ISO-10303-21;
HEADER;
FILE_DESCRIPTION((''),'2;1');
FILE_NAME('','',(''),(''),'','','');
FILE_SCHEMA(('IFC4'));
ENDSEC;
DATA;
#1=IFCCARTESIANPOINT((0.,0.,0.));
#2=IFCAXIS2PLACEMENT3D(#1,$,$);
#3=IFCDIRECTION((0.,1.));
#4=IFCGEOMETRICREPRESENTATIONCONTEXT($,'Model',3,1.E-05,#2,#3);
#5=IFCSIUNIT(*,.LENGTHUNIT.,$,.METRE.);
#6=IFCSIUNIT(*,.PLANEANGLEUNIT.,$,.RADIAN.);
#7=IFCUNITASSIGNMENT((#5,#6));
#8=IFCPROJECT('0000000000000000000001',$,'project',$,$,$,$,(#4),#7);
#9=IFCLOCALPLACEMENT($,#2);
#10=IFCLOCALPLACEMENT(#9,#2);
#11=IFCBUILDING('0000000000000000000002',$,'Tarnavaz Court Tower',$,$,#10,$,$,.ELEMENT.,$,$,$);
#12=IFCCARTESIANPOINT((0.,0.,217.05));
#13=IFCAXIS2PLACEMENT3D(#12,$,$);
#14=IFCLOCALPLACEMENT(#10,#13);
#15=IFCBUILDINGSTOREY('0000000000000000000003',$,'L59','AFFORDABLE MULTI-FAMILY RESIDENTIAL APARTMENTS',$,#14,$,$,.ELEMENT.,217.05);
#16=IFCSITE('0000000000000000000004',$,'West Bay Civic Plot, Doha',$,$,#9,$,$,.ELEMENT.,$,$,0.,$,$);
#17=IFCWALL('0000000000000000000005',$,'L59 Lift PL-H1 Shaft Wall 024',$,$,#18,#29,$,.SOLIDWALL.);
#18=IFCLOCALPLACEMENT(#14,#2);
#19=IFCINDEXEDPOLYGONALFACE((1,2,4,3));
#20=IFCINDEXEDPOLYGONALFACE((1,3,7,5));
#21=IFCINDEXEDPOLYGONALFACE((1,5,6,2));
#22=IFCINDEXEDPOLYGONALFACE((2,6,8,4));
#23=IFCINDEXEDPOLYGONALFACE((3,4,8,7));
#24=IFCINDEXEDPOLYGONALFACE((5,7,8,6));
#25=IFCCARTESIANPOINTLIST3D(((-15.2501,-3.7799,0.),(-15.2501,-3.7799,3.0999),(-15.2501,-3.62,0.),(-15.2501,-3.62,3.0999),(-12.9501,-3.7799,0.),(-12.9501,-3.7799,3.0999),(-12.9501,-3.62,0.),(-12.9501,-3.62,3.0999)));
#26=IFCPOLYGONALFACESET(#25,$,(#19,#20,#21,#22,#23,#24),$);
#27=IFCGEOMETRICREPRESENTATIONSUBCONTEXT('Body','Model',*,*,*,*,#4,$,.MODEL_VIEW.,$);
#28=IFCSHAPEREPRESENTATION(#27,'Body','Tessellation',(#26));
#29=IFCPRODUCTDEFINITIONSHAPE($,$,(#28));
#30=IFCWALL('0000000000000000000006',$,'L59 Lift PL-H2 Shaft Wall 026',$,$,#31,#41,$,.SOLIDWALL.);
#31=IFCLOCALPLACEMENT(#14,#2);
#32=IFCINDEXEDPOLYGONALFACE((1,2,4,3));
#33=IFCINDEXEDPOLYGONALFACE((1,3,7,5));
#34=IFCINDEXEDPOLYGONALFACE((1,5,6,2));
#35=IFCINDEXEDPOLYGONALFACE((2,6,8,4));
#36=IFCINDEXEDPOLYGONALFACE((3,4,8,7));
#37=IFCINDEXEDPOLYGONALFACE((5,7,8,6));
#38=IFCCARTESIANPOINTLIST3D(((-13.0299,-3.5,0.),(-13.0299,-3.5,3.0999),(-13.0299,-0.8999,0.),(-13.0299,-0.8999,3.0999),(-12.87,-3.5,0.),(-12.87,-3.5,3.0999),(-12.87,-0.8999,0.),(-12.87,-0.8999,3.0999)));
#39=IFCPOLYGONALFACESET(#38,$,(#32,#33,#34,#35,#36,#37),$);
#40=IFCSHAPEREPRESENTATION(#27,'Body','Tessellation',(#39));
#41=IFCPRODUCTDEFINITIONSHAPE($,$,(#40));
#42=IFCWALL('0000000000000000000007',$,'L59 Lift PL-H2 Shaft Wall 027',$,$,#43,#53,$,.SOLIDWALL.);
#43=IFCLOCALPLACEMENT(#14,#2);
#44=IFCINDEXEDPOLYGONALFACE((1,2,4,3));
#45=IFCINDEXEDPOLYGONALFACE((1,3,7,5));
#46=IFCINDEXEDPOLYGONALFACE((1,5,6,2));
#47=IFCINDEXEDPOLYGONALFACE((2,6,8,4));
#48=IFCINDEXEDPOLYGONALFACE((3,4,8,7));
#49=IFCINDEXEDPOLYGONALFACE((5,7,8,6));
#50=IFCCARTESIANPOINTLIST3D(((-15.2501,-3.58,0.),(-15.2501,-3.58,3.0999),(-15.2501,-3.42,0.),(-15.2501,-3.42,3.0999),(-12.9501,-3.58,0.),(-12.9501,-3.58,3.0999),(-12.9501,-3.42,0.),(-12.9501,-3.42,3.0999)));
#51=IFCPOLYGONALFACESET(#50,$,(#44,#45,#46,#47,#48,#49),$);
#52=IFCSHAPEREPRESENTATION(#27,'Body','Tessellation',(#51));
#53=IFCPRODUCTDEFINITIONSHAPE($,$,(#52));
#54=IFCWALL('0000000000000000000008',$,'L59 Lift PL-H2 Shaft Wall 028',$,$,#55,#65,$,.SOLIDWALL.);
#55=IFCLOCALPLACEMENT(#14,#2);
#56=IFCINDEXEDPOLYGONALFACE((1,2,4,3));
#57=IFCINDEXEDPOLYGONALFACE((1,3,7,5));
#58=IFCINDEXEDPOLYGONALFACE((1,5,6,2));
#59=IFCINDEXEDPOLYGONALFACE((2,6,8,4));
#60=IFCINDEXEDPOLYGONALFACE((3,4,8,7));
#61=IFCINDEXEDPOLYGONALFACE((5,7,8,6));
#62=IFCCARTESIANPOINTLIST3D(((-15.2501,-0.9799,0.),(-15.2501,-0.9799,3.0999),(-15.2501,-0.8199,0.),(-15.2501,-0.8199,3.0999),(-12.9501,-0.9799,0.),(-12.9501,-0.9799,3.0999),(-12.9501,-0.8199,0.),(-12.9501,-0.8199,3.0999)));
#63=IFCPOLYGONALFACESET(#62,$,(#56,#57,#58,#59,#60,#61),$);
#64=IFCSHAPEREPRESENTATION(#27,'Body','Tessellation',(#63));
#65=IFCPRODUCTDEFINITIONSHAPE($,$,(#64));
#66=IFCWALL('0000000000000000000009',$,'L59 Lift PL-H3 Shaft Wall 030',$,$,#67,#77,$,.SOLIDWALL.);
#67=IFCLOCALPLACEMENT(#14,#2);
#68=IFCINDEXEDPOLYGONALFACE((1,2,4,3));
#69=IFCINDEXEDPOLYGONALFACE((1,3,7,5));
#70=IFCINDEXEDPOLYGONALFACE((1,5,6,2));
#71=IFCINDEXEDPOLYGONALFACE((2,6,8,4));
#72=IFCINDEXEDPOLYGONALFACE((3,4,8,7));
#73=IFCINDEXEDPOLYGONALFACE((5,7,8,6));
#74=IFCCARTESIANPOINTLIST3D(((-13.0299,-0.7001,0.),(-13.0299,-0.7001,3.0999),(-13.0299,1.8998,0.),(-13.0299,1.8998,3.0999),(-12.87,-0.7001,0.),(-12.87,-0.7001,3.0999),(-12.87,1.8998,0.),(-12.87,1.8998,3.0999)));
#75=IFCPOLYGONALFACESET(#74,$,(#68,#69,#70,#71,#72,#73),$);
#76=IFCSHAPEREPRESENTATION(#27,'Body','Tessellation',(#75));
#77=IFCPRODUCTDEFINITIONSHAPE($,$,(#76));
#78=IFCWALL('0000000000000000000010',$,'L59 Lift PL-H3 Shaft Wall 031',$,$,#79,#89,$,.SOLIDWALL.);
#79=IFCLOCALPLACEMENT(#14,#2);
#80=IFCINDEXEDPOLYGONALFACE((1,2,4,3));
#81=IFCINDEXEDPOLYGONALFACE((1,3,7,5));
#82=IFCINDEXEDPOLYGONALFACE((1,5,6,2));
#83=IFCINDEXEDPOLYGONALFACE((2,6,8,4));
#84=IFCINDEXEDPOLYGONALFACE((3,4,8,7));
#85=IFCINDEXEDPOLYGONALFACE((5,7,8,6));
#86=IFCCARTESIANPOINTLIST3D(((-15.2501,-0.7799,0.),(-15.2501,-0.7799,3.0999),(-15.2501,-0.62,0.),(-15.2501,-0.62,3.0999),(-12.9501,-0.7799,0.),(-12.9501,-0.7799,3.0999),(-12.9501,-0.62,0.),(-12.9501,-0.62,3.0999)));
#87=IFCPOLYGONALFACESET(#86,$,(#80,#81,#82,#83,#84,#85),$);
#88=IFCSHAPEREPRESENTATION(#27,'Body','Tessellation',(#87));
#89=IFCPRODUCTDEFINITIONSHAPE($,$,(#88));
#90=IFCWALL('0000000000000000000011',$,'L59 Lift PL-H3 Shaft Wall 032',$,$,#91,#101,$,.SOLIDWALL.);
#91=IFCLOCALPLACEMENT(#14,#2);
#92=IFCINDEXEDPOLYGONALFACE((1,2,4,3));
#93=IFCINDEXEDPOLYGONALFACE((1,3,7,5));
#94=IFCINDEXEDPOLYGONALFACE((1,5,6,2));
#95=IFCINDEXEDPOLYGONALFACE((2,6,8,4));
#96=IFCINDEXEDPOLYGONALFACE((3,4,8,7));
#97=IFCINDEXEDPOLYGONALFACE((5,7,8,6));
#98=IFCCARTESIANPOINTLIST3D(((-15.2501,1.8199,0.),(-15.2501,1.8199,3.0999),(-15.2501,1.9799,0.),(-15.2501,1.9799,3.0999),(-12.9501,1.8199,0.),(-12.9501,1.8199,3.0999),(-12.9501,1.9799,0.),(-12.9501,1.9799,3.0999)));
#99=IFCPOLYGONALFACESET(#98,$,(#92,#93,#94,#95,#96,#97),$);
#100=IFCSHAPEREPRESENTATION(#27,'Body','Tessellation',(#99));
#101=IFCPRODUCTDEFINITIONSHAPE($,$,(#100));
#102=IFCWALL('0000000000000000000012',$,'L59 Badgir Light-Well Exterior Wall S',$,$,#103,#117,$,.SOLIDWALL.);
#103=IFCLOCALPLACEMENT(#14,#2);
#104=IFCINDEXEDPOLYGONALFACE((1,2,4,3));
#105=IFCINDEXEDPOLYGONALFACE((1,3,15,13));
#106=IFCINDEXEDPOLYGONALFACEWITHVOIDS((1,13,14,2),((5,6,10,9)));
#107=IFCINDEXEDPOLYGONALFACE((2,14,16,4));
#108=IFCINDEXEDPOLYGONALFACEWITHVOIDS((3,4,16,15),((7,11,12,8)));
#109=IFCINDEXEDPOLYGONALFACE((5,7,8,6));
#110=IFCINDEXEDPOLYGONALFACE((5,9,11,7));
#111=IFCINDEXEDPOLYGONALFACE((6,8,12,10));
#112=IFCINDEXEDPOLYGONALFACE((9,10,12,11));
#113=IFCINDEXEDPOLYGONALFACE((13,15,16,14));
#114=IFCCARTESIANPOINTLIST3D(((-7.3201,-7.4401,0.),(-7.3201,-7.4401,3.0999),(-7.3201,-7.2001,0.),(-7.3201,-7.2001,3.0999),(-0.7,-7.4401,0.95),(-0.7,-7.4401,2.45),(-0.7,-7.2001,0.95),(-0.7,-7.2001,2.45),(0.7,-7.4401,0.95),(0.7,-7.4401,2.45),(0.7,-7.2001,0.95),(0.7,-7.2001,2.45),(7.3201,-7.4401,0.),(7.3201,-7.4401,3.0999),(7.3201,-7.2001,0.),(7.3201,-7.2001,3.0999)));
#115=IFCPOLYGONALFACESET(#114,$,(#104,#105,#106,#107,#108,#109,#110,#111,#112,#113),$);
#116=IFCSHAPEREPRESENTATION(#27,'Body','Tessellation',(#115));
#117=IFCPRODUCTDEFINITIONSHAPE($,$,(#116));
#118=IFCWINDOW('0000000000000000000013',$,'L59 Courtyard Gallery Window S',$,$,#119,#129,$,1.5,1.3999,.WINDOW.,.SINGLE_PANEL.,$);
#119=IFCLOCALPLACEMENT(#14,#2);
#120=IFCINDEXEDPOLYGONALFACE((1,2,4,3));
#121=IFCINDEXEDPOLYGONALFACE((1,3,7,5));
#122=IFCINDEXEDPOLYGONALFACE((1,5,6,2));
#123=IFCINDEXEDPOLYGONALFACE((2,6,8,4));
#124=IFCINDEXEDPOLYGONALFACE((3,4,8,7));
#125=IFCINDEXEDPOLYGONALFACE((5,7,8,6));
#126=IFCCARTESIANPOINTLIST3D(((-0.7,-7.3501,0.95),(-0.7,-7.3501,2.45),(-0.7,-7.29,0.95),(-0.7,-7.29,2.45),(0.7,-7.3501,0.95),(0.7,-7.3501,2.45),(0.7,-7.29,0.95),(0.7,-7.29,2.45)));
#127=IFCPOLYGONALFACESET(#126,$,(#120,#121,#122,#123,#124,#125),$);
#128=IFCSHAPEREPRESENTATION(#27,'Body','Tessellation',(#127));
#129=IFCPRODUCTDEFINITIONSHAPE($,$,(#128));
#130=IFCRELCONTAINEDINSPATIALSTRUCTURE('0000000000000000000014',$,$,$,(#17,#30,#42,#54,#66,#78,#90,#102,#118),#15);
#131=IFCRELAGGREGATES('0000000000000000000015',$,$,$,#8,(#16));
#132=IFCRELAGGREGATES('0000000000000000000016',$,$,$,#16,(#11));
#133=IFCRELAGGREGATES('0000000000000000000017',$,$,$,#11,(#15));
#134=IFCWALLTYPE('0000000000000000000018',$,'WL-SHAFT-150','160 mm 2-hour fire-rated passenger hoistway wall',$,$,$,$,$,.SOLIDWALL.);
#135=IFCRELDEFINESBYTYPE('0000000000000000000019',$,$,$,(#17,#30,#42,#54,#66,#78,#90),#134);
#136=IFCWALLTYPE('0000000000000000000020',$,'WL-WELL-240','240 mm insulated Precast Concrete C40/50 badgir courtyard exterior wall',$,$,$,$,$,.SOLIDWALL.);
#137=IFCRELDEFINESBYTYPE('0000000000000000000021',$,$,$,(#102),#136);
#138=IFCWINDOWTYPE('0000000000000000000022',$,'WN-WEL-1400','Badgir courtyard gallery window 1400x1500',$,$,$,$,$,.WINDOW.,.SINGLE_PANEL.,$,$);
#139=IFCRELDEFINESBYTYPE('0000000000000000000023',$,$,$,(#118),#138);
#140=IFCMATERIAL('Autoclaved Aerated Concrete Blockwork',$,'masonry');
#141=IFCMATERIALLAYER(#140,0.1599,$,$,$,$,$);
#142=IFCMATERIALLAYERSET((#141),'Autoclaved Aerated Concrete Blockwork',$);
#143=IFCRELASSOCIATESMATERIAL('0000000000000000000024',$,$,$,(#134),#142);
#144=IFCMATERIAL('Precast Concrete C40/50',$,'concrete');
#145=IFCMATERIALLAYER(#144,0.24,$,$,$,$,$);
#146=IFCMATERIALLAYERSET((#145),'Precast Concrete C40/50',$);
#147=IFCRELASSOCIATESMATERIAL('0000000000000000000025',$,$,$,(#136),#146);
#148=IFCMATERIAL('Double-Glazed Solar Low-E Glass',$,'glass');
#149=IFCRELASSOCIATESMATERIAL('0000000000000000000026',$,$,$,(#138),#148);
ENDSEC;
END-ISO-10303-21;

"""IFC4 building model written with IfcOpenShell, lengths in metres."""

from ifc_helpers import new_model, si_unit, direction, frame, frame_2d, origin, place, context, subcontext, project, spatial, rectangle, extrude, material, layer, layer_set, type_object, element, fill, save


model = new_model("IFC4")

# Units and contexts
model_context = context("Model", 3, precision=1e-05, world=origin(), true_north=direction((0.0, 1.0)))
body_context = subcontext(model_context, "Body", "Model", "MODEL_VIEW")
ifc_project = project(units=[si_unit("LENGTHUNIT", "METRE"), si_unit("PLANEANGLEUNIT", "RADIAN")], contexts=[model_context])

# Site, building, storey
site_placement = place(None, origin())
site = spatial("IfcSite", under=ifc_project, at=site_placement, Name="West Bay Civic Plot, Doha", CompositionType="ELEMENT", RefElevation=0.0)
building_placement = place(site_placement, origin())
building = spatial("IfcBuilding", under=site, at=building_placement, Name="Tarnavaz Court Tower", CompositionType="ELEMENT")
storey_placement = place(building_placement, frame((0.0, 0.0, 217.05)))
storey = spatial("IfcBuildingStorey", under=building, at=storey_placement, Name="L59", Description="AFFORDABLE MULTI-FAMILY RESIDENTIAL APARTMENTS", CompositionType="ELEMENT", Elevation=217.05)

# Shared definitions
ifc_material_1 = material(Name="Autoclaved Aerated Concrete Blockwork", Category="masonry")
ifc_layer_1 = layer(ifc_material_1, 0.1599)
ifc_layer_set_1 = layer_set([ifc_layer_1], Name="Autoclaved Aerated Concrete Blockwork")
wall_type_1 = type_object("IfcWallType", Name="WL-SHAFT-150", Description="160 mm 2-hour fire-rated passenger hoistway wall", PredefinedType="SOLIDWALL", material=ifc_layer_set_1)

# Wall
for number, where, z_axis, x_axis, name in (
    (1, (-15.25, -3.7, 0.0), (0.0, 0.0, 1.0), (1.0, 0.0, 0.0), "L59 Lift PL-H1 Shaft Wall 024"),
):
    element("IfcWall", number, at=place(storey_placement, frame(where, z_axis=z_axis, x_axis=x_axis)), inside=storey, type_object=wall_type_1, Name=name, PredefinedType="SOLIDWALL", context=body_context, shape_type="SweptSolid", body=[
        extrude(rectangle(XDim=2.3, YDim=0.1599, at=frame_2d((1.1499, 0.0))), origin(), (0.0, 0.0, 1.0), 3.0999),
    ])

# Walls
wall_1_placement = place(storey_placement, frame((-12.95, -3.5, 0.0), z_axis=(0.0, 0.0, 1.0), x_axis=(0.0, 1.0, 0.0)))
element("IfcWall", 2, at=wall_1_placement, inside=storey, type_object=wall_type_1, Name="L59 Lift PL-H2 Shaft Wall 026", PredefinedType="SOLIDWALL", context=body_context, shape_type="SweptSolid", body=[
    extrude(rectangle(XDim=2.6001, YDim=0.1599, at=frame_2d((1.3, 0.0))), origin(), (0.0, 0.0, 1.0), 3.0999),
])
for number, where, z_axis, x_axis, name in (
    (3, (-15.25, -3.5, 0.0), (0.0, 0.0, 1.0), (1.0, 0.0, 0.0), "L59 Lift PL-H2 Shaft Wall 027"),
    (4, (-15.25, -0.8999, 0.0), (0.0, 0.0, 1.0), (1.0, 0.0, 0.0), "L59 Lift PL-H2 Shaft Wall 028"),
):
    element("IfcWall", number, at=place(storey_placement, frame(where, z_axis=z_axis, x_axis=x_axis)), inside=storey, type_object=wall_type_1, Name=name, PredefinedType="SOLIDWALL", context=body_context, shape_type="SweptSolid", body=[
        extrude(rectangle(XDim=2.3, YDim=0.1599, at=frame_2d((1.1499, 0.0))), origin(), (0.0, 0.0, 1.0), 3.0999),
    ])

# Walls
wall_2_placement = place(storey_placement, frame((-12.95, -0.7, 0.0), z_axis=(0.0, 0.0, 1.0), x_axis=(0.0, 1.0, 0.0)))
element("IfcWall", 5, at=wall_2_placement, inside=storey, type_object=wall_type_1, Name="L59 Lift PL-H3 Shaft Wall 030", PredefinedType="SOLIDWALL", context=body_context, shape_type="SweptSolid", body=[
    extrude(rectangle(XDim=2.5999, YDim=0.1599, at=frame_2d((1.2998, 0.0))), origin(), (0.0, 0.0, 1.0), 3.0999),
])
for number, where, z_axis, x_axis, name in (
    (6, (-15.25, -0.7, 0.0), (0.0, 0.0, 1.0), (1.0, 0.0, 0.0), "L59 Lift PL-H3 Shaft Wall 031"),
    (7, (-15.25, 1.8999, 0.0), (0.0, 0.0, 1.0), (1.0, 0.0, 0.0), "L59 Lift PL-H3 Shaft Wall 032"),
):
    element("IfcWall", number, at=place(storey_placement, frame(where, z_axis=z_axis, x_axis=x_axis)), inside=storey, type_object=wall_type_1, Name=name, PredefinedType="SOLIDWALL", context=body_context, shape_type="SweptSolid", body=[
        extrude(rectangle(XDim=2.3, YDim=0.1599, at=frame_2d((1.1499, 0.0))), origin(), (0.0, 0.0, 1.0), 3.0999),
    ])

# Wall, opening, window
ifc_material_2 = material(Name="Precast Concrete C40/50", Category="concrete")
ifc_layer_2 = layer(ifc_material_2, 0.24)
ifc_layer_set_2 = layer_set([ifc_layer_2], Name="Precast Concrete C40/50")
wall_type_2 = type_object("IfcWallType", Name="WL-WELL-240", Description="240 mm insulated Precast Concrete C40/50 badgir courtyard exterior wall", PredefinedType="SOLIDWALL", material=ifc_layer_set_2)
wall_3_placement = place(storey_placement, frame((-7.3201, -7.3201, 0.0), z_axis=(0.0, 0.0, 1.0), x_axis=(1.0, 0.0, 0.0)))
wall_3 = element("IfcWall", 8, at=wall_3_placement, inside=storey, type_object=wall_type_2, Name="L59 Badgir Light-Well Exterior Wall S", PredefinedType="SOLIDWALL", context=body_context, shape_type="SweptSolid", body=[
    extrude(rectangle(XDim=14.6401, YDim=0.24, at=frame_2d((7.3201, 0.0))), origin(), (0.0, 0.0, 1.0), 3.0999),
])
opening_1_placement = place(wall_3_placement, frame((6.6201, 0.0, 0.95)))
opening_1 = element("IfcOpeningElement", 9, at=opening_1_placement, cuts=wall_3, PredefinedType="OPENING", context=body_context, shape_type="SweptSolid", body=[
    extrude(rectangle(XDim=1.3999, YDim=1.5, at=frame_2d((0.7, 0.75))), frame((0.0, 0.1299, 0.0), z_axis=(0.0, -1.0, 0.0), x_axis=(1.0, 0.0, 0.0)), (0.0, 0.0, 1.0), 0.26),
])
ifc_material_3 = material(Name="Double-Glazed Solar Low-E Glass", Category="glass")
window_type = type_object("IfcWindowType", Name="WN-WEL-1400", Description="Badgir courtyard gallery window 1400x1500", PartitioningType="SINGLE_PANEL", PredefinedType="WINDOW", material=ifc_material_3)
window_placement = place(opening_1_placement, origin())
window = element("IfcWindow", 10, at=window_placement, inside=storey, type_object=window_type, Name="L59 Courtyard Gallery Window S", OverallHeight=1.5, OverallWidth=1.3999, PartitioningType="SINGLE_PANEL", PredefinedType="WINDOW", context=body_context, shape_type="SweptSolid", body=[
    extrude(rectangle(XDim=1.3999, YDim=1.5, at=frame_2d((0.7, 0.75))), frame((0.0, 0.03, 0.0), z_axis=(0.0, -1.0, 0.0), x_axis=(1.0, 0.0, 0.0)), (0.0, 0.0, 1.0), 0.0601),
])
fill(opening_1, window)

save(model, "model.ifc")
